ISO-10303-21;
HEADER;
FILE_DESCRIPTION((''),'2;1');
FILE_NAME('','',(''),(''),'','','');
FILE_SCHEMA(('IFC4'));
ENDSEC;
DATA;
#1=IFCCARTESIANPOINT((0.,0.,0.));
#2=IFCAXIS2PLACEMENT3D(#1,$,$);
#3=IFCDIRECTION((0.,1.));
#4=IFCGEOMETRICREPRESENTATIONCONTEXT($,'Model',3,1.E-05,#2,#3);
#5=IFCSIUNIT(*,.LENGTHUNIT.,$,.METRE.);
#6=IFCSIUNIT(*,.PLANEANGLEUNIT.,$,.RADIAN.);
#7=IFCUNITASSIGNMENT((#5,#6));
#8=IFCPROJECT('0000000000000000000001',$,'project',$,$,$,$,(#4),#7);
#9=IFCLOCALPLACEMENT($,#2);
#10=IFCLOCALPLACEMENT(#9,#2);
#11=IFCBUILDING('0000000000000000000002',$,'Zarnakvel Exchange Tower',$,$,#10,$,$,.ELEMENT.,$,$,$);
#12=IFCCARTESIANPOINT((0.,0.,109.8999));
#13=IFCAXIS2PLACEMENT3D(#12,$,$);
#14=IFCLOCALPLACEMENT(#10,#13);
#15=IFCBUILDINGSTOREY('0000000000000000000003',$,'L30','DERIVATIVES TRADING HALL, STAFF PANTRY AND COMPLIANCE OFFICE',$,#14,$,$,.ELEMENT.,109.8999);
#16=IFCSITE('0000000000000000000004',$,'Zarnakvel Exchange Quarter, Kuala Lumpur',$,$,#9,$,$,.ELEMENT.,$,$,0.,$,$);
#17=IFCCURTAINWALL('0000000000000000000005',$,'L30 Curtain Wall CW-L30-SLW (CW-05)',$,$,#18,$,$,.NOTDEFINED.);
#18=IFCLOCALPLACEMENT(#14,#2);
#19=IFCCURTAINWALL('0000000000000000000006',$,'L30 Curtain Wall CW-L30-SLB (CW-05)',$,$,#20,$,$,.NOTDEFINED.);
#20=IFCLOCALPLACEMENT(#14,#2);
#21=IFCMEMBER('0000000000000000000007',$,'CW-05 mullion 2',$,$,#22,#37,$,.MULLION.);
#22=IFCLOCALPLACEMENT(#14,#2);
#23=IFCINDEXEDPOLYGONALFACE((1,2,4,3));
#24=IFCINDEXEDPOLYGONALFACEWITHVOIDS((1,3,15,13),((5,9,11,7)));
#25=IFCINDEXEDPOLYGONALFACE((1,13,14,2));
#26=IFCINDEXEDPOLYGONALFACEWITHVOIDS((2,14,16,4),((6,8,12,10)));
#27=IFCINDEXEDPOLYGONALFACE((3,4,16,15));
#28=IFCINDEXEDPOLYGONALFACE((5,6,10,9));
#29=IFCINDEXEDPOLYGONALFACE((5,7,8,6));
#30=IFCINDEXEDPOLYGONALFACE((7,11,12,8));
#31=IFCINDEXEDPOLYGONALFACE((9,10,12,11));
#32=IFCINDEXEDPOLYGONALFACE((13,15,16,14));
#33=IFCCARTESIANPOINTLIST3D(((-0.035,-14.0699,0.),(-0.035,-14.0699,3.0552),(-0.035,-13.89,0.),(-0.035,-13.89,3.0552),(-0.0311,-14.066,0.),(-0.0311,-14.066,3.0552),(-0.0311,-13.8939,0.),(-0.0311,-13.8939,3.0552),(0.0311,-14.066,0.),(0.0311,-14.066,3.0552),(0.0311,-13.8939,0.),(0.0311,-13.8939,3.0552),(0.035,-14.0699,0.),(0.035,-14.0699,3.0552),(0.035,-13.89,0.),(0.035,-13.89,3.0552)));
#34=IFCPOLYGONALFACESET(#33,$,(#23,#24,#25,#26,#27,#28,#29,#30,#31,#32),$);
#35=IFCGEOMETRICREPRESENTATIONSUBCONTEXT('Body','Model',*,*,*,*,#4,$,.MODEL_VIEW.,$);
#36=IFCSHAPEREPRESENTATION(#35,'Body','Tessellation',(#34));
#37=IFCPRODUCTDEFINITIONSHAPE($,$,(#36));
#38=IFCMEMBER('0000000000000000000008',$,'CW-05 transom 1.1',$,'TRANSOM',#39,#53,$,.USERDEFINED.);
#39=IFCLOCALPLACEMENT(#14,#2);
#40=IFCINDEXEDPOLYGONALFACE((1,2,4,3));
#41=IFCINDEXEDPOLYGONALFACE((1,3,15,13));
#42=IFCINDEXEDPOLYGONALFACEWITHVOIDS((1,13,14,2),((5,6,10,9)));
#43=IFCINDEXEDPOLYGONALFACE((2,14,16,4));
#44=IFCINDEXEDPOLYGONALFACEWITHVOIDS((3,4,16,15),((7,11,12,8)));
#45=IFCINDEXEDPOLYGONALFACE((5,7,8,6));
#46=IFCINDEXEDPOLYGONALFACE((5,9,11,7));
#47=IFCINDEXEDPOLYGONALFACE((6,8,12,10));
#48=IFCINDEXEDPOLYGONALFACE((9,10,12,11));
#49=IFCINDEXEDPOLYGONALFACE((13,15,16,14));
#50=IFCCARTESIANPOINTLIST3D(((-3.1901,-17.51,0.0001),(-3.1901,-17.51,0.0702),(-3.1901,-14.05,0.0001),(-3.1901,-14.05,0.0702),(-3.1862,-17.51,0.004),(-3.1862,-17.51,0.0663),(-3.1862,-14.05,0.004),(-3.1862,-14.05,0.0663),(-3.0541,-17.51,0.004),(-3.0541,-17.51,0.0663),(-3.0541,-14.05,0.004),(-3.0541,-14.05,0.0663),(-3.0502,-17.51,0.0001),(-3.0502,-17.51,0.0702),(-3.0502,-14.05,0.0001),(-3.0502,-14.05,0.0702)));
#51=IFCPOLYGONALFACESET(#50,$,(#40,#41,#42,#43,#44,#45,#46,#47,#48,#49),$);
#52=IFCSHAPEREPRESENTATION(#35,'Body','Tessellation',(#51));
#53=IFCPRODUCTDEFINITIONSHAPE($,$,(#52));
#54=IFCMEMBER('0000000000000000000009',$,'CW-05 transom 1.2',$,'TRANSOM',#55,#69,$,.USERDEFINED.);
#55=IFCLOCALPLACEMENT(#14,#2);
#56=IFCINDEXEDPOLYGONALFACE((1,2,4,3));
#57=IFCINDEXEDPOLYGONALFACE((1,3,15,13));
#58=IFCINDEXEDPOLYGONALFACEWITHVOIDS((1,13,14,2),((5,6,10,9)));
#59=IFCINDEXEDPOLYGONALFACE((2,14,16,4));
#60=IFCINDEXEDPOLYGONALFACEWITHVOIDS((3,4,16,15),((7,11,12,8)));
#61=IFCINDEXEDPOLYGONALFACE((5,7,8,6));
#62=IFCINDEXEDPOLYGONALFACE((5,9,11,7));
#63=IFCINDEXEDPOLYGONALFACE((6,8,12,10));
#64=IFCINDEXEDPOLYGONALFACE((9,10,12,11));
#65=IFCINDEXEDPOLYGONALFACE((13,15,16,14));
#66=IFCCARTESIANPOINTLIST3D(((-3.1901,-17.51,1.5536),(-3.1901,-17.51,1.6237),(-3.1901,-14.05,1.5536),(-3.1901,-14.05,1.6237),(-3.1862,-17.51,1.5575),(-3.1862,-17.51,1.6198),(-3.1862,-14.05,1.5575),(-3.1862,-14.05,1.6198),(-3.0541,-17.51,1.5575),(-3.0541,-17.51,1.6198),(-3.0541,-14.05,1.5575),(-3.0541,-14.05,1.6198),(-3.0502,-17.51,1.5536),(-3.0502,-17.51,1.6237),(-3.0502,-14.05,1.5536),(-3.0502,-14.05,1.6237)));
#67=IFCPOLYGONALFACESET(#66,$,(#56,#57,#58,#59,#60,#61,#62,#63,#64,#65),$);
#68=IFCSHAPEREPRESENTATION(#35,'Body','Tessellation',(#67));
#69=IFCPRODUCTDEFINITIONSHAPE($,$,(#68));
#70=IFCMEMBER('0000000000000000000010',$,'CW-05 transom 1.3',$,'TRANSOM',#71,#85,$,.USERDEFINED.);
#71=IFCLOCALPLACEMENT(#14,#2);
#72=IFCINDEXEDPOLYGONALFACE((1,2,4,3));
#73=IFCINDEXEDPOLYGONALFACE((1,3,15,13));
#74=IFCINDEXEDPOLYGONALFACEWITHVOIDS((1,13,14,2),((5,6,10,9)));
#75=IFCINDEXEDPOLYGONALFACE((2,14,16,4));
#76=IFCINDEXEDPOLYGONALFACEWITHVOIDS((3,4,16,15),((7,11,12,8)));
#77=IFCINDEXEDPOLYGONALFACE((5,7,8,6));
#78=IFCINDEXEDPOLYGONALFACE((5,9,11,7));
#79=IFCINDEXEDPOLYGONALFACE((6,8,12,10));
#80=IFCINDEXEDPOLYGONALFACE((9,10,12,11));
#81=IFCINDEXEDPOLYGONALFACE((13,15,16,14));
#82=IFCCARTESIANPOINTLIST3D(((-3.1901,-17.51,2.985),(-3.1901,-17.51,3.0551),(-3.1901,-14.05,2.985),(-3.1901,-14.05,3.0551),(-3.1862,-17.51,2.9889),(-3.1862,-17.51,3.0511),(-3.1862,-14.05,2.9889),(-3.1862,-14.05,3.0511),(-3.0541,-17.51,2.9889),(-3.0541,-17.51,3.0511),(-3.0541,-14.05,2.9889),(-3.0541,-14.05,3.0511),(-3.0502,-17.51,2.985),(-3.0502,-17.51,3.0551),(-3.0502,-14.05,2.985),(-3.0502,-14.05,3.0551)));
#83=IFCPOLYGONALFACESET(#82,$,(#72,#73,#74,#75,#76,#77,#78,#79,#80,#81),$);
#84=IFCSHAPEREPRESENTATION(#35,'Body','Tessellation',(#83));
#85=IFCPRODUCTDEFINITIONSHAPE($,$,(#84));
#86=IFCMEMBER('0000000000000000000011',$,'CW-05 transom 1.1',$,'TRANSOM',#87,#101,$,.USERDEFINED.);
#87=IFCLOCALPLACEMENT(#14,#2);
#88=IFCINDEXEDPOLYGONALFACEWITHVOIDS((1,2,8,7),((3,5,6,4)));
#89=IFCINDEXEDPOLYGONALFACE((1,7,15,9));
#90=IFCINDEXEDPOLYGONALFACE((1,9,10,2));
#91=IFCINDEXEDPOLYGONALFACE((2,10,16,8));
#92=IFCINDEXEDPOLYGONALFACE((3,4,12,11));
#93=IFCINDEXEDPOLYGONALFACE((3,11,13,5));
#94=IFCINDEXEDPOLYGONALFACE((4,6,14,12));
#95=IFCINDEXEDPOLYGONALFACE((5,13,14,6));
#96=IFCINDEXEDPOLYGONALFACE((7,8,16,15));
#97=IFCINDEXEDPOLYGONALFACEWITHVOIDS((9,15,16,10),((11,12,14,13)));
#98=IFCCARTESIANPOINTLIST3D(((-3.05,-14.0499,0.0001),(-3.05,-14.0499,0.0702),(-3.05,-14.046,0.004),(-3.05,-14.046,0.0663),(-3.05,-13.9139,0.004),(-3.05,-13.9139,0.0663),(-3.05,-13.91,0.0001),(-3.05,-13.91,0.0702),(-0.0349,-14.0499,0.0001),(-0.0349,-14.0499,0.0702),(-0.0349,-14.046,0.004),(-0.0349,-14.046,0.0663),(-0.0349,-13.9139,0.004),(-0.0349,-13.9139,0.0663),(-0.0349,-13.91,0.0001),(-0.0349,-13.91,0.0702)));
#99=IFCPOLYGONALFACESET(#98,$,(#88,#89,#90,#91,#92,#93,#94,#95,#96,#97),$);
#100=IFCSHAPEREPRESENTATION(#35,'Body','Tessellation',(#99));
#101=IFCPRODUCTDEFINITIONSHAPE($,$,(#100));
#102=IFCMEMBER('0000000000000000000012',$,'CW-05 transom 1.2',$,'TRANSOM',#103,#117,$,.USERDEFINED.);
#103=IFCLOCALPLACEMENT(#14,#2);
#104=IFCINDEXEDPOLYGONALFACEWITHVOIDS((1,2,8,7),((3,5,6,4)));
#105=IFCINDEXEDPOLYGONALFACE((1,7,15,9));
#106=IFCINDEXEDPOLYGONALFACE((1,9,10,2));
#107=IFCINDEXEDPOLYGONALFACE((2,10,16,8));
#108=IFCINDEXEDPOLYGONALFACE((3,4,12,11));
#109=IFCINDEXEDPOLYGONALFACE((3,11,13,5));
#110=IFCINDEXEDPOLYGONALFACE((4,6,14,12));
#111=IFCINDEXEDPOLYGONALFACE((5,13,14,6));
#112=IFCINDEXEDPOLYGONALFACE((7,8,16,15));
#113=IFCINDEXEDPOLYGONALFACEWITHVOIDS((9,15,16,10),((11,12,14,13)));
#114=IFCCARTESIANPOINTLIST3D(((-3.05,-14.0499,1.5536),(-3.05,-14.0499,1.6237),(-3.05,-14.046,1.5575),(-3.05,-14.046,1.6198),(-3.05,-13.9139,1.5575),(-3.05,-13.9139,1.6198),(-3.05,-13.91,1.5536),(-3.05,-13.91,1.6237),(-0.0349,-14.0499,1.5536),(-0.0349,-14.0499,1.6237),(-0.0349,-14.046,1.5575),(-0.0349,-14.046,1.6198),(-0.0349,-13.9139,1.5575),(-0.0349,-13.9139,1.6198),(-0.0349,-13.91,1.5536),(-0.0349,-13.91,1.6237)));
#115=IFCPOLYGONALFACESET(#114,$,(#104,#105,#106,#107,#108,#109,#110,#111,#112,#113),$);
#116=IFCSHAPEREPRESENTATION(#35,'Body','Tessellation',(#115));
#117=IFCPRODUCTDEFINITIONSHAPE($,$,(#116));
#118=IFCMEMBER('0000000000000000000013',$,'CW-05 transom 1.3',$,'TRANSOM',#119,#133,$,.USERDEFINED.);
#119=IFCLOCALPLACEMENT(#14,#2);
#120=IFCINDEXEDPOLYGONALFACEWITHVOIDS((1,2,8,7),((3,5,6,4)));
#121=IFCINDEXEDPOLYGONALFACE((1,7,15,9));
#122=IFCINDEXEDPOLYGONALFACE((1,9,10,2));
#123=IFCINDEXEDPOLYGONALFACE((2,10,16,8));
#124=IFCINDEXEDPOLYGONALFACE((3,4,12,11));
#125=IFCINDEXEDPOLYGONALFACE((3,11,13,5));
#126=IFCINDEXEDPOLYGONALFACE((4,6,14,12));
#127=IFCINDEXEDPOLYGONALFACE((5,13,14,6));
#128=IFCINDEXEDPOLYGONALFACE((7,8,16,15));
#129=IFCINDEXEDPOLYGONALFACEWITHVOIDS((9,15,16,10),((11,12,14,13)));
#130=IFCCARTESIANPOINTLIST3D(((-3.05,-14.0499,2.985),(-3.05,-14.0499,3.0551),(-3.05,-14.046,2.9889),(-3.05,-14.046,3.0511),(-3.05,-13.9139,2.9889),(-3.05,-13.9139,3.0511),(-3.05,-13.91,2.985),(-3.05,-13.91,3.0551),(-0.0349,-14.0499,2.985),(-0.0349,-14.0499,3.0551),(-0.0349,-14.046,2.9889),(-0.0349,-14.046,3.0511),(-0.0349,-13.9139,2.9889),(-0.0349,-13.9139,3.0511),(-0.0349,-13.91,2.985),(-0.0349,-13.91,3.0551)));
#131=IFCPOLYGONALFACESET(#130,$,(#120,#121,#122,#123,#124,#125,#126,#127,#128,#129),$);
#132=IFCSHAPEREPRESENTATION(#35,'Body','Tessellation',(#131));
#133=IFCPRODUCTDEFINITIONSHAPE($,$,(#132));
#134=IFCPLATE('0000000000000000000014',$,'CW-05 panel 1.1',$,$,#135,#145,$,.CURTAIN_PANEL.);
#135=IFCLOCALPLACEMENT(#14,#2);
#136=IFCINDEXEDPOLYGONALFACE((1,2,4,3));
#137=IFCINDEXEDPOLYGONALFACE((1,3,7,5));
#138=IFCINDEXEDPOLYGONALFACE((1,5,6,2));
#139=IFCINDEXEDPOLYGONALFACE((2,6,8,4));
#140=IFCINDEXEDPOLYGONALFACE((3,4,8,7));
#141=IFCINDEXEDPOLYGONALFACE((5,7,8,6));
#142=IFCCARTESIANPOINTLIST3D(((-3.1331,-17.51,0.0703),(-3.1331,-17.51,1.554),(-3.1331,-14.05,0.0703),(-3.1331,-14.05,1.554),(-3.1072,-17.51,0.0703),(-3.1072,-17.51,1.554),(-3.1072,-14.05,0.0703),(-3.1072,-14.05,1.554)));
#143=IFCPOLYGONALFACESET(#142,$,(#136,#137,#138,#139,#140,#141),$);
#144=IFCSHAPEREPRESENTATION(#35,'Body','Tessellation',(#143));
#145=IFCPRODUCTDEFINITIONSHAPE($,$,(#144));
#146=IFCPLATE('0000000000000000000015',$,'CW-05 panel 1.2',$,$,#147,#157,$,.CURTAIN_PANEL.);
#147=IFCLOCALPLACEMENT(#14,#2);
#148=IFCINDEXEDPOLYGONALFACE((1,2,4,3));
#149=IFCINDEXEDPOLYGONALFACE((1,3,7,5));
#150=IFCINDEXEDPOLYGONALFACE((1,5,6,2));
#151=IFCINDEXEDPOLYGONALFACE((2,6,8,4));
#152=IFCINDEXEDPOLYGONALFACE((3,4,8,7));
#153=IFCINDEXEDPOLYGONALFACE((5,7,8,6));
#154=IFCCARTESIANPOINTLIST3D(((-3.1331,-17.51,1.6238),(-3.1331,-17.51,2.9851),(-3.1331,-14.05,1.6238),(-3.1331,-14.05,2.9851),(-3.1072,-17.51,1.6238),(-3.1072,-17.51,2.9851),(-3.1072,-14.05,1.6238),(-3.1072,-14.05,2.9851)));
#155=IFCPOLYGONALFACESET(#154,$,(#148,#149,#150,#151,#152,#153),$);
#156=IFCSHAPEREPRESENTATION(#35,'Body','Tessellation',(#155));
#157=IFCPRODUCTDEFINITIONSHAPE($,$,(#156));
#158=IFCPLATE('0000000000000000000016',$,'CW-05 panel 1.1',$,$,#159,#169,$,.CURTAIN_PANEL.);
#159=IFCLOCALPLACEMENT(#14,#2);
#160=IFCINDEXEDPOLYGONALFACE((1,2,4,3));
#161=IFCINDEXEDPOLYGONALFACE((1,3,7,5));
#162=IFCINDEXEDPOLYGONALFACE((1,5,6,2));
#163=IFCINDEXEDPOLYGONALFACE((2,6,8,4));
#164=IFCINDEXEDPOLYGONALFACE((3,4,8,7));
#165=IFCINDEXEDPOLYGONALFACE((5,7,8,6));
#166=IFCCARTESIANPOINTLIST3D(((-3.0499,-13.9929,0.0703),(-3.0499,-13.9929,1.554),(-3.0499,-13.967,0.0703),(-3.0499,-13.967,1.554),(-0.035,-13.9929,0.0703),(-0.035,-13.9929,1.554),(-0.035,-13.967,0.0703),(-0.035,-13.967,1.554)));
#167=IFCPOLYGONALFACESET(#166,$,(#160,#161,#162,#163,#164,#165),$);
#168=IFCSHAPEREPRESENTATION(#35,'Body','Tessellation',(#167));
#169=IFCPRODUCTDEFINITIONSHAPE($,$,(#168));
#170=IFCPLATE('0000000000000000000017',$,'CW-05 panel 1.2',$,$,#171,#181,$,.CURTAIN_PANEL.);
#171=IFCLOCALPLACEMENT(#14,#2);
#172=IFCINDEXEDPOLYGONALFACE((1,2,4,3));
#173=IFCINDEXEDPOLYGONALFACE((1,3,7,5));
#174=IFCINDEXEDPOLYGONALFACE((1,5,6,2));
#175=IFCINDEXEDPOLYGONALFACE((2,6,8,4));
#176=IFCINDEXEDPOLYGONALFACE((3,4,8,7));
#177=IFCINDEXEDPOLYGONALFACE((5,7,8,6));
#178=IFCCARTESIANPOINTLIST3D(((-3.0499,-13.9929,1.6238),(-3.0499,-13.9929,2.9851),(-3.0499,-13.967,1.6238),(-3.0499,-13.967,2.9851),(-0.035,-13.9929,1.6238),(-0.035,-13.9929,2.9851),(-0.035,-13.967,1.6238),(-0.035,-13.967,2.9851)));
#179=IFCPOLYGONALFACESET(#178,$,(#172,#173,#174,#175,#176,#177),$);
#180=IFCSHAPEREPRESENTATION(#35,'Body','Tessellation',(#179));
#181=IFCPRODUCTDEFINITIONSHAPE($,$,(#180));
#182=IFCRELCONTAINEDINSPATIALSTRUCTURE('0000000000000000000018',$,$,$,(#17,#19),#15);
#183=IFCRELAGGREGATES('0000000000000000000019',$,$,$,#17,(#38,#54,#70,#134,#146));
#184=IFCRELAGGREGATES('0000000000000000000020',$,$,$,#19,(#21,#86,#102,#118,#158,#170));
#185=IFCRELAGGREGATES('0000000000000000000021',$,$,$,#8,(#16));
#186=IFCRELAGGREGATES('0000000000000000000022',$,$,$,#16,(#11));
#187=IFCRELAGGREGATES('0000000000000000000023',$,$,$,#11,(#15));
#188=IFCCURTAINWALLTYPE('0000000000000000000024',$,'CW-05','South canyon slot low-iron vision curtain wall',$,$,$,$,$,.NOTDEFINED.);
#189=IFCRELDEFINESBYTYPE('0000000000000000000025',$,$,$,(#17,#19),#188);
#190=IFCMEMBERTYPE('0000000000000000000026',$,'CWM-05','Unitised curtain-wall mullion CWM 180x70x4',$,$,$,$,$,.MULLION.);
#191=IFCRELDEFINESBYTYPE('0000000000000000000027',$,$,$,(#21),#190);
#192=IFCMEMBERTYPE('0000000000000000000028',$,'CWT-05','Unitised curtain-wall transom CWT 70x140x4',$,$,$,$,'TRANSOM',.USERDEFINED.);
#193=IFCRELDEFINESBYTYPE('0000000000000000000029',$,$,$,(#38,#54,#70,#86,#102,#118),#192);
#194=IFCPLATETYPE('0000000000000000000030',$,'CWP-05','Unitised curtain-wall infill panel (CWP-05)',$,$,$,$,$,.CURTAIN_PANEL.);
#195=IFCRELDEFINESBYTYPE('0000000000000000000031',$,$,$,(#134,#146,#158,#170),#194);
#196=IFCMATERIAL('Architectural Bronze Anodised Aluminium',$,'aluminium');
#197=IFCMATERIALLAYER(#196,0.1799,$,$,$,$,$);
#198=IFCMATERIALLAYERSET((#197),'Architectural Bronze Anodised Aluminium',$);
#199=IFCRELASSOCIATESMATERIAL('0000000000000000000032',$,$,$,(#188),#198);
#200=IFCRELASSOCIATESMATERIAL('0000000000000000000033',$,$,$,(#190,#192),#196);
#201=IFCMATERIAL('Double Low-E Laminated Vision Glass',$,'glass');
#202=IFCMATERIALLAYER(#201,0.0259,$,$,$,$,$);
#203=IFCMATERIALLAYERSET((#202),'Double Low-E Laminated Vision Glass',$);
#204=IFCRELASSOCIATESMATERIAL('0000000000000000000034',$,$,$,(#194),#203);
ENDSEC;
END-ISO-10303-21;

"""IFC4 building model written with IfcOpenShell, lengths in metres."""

from ifc_helpers import new_model, si_unit, direction, frame, origin, origin_2d, place, context, subcontext, project, spatial, rectangle, hollow_rectangle, extrude, source, transform, mapped, material, layer, layer_set, material_profile, profile_set, type_object, element, aggregate, save


model = new_model("IFC4")

# Units and contexts
model_context = context("Model", 3, precision=1e-05, world=origin(), true_north=direction((0.0, 1.0)))
body_context = subcontext(model_context, "Body", "Model", "MODEL_VIEW")
ifc_project = project(units=[si_unit("LENGTHUNIT", "METRE"), si_unit("PLANEANGLEUNIT", "RADIAN")], contexts=[model_context])

# Site, building, storey
site_placement = place(None, origin())
site = spatial("IfcSite", under=ifc_project, at=site_placement, Name="Zarnakvel Exchange Quarter, Kuala Lumpur", CompositionType="ELEMENT", RefElevation=0.0)
building_placement = place(site_placement, origin())
building = spatial("IfcBuilding", under=site, at=building_placement, Name="Zarnakvel Exchange Tower", CompositionType="ELEMENT")
storey_placement = place(building_placement, frame((0.0, 0.0, 109.8999)))
storey = spatial("IfcBuildingStorey", under=building, at=storey_placement, Name="L30", Description="DERIVATIVES TRADING HALL, STAFF PANTRY AND COMPLIANCE OFFICE", CompositionType="ELEMENT", Elevation=109.8999)

# Curtain walls, member
ifc_material_1 = material(Name="Architectural Bronze Anodised Aluminium", Category="aluminium")
ifc_layer_1 = layer(ifc_material_1, 0.1799)
ifc_layer_set_1 = layer_set([ifc_layer_1], Name="Architectural Bronze Anodised Aluminium")
curtain_wall_type = type_object("IfcCurtainWallType", Name="CW-05", Description="South canyon slot low-iron vision curtain wall", PredefinedType="NOTDEFINED", material=ifc_layer_set_1)
curtain_wall_1_placement = place(storey_placement, origin())
curtain_wall_1 = element("IfcCurtainWall", 1, at=curtain_wall_1_placement, inside=storey, type_object=curtain_wall_type, Name="L30 Curtain Wall CW-L30-SLW (CW-05)", PredefinedType="NOTDEFINED")
ifc_material_profile_1 = material_profile(ifc_material_1, hollow_rectangle(XDim=0.1799, YDim=0.0701, WallThickness=0.0039, at=origin_2d()))
ifc_profile_set_1 = profile_set([ifc_material_profile_1], Name="Architectural Bronze Anodised Aluminium")
member_type_1 = type_object("IfcMemberType", Name="CWM-05", Description="Unitised curtain-wall mullion CWM 180x70x4", PredefinedType="MULLION", material=ifc_profile_set_1)
shared_shape_1 = source(origin(), body_context, "Body", "SweptSolid", [
    extrude(hollow_rectangle(XDim=0.1799, YDim=0.0701, WallThickness=0.0039, at=origin_2d()), origin(), (0.0, 0.0, 1.0), 3.0552),
])
curtain_wall_2_placement = place(storey_placement, origin())
curtain_wall_2 = element("IfcCurtainWall", 2, at=curtain_wall_2_placement, inside=storey, type_object=curtain_wall_type, Name="L30 Curtain Wall CW-L30-SLB (CW-05)", PredefinedType="NOTDEFINED")
member_1_placement = place(storey_placement, frame((0.0, -13.98, 0.0), z_axis=(0.0, 0.0, 1.0), x_axis=(0.0, 1.0, 0.0)))
member_1 = element("IfcMember", 3, at=member_1_placement, type_object=member_type_1, Name="CW-05 mullion 2", PredefinedType="MULLION", context=body_context, shape_type="MappedRepresentation", body=[
    mapped(shared_shape_1, transform((0.0, 0.0, 0.0), x_axis=(1.0, 0.0, 0.0), y_axis=(0.0, 1.0, 0.0), z_axis=(0.0, 0.0, 1.0), scale=1.0)),
])

# Members
ifc_material_profile_2 = material_profile(ifc_material_1, hollow_rectangle(XDim=0.1399, YDim=0.0701, WallThickness=0.0039, at=origin_2d()))
ifc_profile_set_2 = profile_set([ifc_material_profile_2], Name="Architectural Bronze Anodised Aluminium")
member_type_2 = type_object("IfcMemberType", Name="CWT-05", Description="Unitised curtain-wall transom CWT 70x140x4", ElementType="TRANSOM", PredefinedType="USERDEFINED", material=ifc_profile_set_2)
shared_shape_2 = source(origin(), body_context, "Body", "SweptSolid", [
    extrude(hollow_rectangle(XDim=0.1399, YDim=0.0701, WallThickness=0.0039, at=origin_2d()), origin(), (0.0, 0.0, 1.0), 3.46),
])
member_2_placement = place(storey_placement, frame((-3.1201, -17.51, 0.0352), z_axis=(0.0, 1.0, 0.0), x_axis=(-1.0, 0.0, 0.0)))
member_2 = element("IfcMember", 4, at=member_2_placement, type_object=member_type_2, Name="CW-05 transom 1.1", ObjectType="TRANSOM", PredefinedType="USERDEFINED", context=body_context, shape_type="MappedRepresentation", body=[
    mapped(shared_shape_2, transform((0.0, 0.0, 0.0), x_axis=(1.0, 0.0, 0.0), y_axis=(0.0, 1.0, 0.0), z_axis=(0.0, 0.0, 1.0), scale=1.0)),
])
member_3_placement = place(storey_placement, frame((-3.1201, -17.51, 1.5886), z_axis=(0.0, 1.0, 0.0), x_axis=(-1.0, 0.0, 0.0)))
member_3 = element("IfcMember", 5, at=member_3_placement, type_object=member_type_2, Name="CW-05 transom 1.2", ObjectType="TRANSOM", PredefinedType="USERDEFINED", context=body_context, shape_type="MappedRepresentation", body=[
    mapped(shared_shape_2, transform((0.0, 0.0, 0.0), x_axis=(1.0, 0.0, 0.0), y_axis=(0.0, 1.0, 0.0), z_axis=(0.0, 0.0, 1.0), scale=1.0)),
])
member_4_placement = place(storey_placement, frame((-3.1201, -17.51, 3.02), z_axis=(0.0, 1.0, 0.0), x_axis=(-1.0, 0.0, 0.0)))
member_4 = element("IfcMember", 6, at=member_4_placement, type_object=member_type_2, Name="CW-05 transom 1.3", ObjectType="TRANSOM", PredefinedType="USERDEFINED", context=body_context, shape_type="MappedRepresentation", body=[
    mapped(shared_shape_2, transform((0.0, 0.0, 0.0), x_axis=(1.0, 0.0, 0.0), y_axis=(0.0, 1.0, 0.0), z_axis=(0.0, 0.0, 1.0), scale=1.0)),
])
shared_shape_3 = source(origin(), body_context, "Body", "SweptSolid", [
    extrude(hollow_rectangle(XDim=0.1399, YDim=0.0701, WallThickness=0.0039, at=origin_2d()), origin(), (0.0, 0.0, 1.0), 3.0151),
])
member_5_placement = place(storey_placement, frame((-3.05, -13.98, 0.0352), z_axis=(1.0, 0.0, 0.0), x_axis=(0.0, 1.0, 0.0)))
member_5 = element("IfcMember", 7, at=member_5_placement, type_object=member_type_2, Name="CW-05 transom 1.1", ObjectType="TRANSOM", PredefinedType="USERDEFINED", context=body_context, shape_type="MappedRepresentation", body=[
    mapped(shared_shape_3, transform((0.0, 0.0, 0.0), x_axis=(1.0, 0.0, 0.0), y_axis=(0.0, 1.0, 0.0), z_axis=(0.0, 0.0, 1.0), scale=1.0)),
])
member_6_placement = place(storey_placement, frame((-3.05, -13.98, 1.5886), z_axis=(1.0, 0.0, 0.0), x_axis=(0.0, 1.0, 0.0)))
member_6 = element("IfcMember", 8, at=member_6_placement, type_object=member_type_2, Name="CW-05 transom 1.2", ObjectType="TRANSOM", PredefinedType="USERDEFINED", context=body_context, shape_type="MappedRepresentation", body=[
    mapped(shared_shape_3, transform((0.0, 0.0, 0.0), x_axis=(1.0, 0.0, 0.0), y_axis=(0.0, 1.0, 0.0), z_axis=(0.0, 0.0, 1.0), scale=1.0)),
])
member_7_placement = place(storey_placement, frame((-3.05, -13.98, 3.02), z_axis=(1.0, 0.0, 0.0), x_axis=(0.0, 1.0, 0.0)))
member_7 = element("IfcMember", 9, at=member_7_placement, type_object=member_type_2, Name="CW-05 transom 1.3", ObjectType="TRANSOM", PredefinedType="USERDEFINED", context=body_context, shape_type="MappedRepresentation", body=[
    mapped(shared_shape_3, transform((0.0, 0.0, 0.0), x_axis=(1.0, 0.0, 0.0), y_axis=(0.0, 1.0, 0.0), z_axis=(0.0, 0.0, 1.0), scale=1.0)),
])

# Plates
ifc_material_2 = material(Name="Double Low-E Laminated Vision Glass", Category="glass")
ifc_layer_2 = layer(ifc_material_2, 0.0259)
ifc_layer_set_2 = layer_set([ifc_layer_2], Name="Double Low-E Laminated Vision Glass")
plate_type = type_object("IfcPlateType", Name="CWP-05", Description="Unitised curtain-wall infill panel (CWP-05)", PredefinedType="CURTAIN_PANEL", material=ifc_layer_set_2)
shared_shape_4 = source(origin(), body_context, "Body", "SweptSolid", [
    extrude(rectangle(XDim=3.46, YDim=0.0259, at=origin_2d()), origin(), (0.0, 0.0, 1.0), 1.4836),
])
plate_1_placement = place(storey_placement, frame((-3.1201, -15.78, 0.0703), z_axis=(0.0, 0.0, 1.0), x_axis=(0.0, 1.0, 0.0)))
plate_1 = element("IfcPlate", 10, at=plate_1_placement, type_object=plate_type, Name="CW-05 panel 1.1", PredefinedType="CURTAIN_PANEL", context=body_context, shape_type="MappedRepresentation", body=[
    mapped(shared_shape_4, transform((0.0, 0.0, 0.0), x_axis=(1.0, 0.0, 0.0), y_axis=(0.0, 1.0, 0.0), z_axis=(0.0, 0.0, 1.0), scale=1.0)),
])
shared_shape_5 = source(origin(), body_context, "Body", "SweptSolid", [
    extrude(rectangle(XDim=3.46, YDim=0.0259, at=origin_2d()), origin(), (0.0, 0.0, 1.0), 1.3613),
])
plate_2_placement = place(storey_placement, frame((-3.1201, -15.78, 1.6238), z_axis=(0.0, 0.0, 1.0), x_axis=(0.0, 1.0, 0.0)))
plate_2 = element("IfcPlate", 11, at=plate_2_placement, type_object=plate_type, Name="CW-05 panel 1.2", PredefinedType="CURTAIN_PANEL", context=body_context, shape_type="MappedRepresentation", body=[
    mapped(shared_shape_5, transform((0.0, 0.0, 0.0), x_axis=(1.0, 0.0, 0.0), y_axis=(0.0, 1.0, 0.0), z_axis=(0.0, 0.0, 1.0), scale=1.0)),
])
aggregate(curtain_wall_1, [member_2, member_3, member_4, plate_1, plate_2])
shared_shape_6 = source(origin(), body_context, "Body", "SweptSolid", [
    extrude(rectangle(XDim=3.0149, YDim=0.0259, at=origin_2d()), origin(), (0.0, 0.0, 1.0), 1.4836),
])
plate_3_placement = place(storey_placement, frame((-1.5425, -13.98, 0.0703), z_axis=(0.0, 0.0, 1.0), x_axis=(1.0, 0.0, 0.0)))
plate_3 = element("IfcPlate", 12, at=plate_3_placement, type_object=plate_type, Name="CW-05 panel 1.1", PredefinedType="CURTAIN_PANEL", context=body_context, shape_type="MappedRepresentation", body=[
    mapped(shared_shape_6, transform((0.0, 0.0, 0.0), x_axis=(1.0, 0.0, 0.0), y_axis=(0.0, 1.0, 0.0), z_axis=(0.0, 0.0, 1.0), scale=1.0)),
])
shared_shape_7 = source(origin(), body_context, "Body", "SweptSolid", [
    extrude(rectangle(XDim=3.0149, YDim=0.0259, at=origin_2d()), origin(), (0.0, 0.0, 1.0), 1.3613),
])
plate_4_placement = place(storey_placement, frame((-1.5425, -13.98, 1.6238), z_axis=(0.0, 0.0, 1.0), x_axis=(1.0, 0.0, 0.0)))
plate_4 = element("IfcPlate", 13, at=plate_4_placement, type_object=plate_type, Name="CW-05 panel 1.2", PredefinedType="CURTAIN_PANEL", context=body_context, shape_type="MappedRepresentation", body=[
    mapped(shared_shape_7, transform((0.0, 0.0, 0.0), x_axis=(1.0, 0.0, 0.0), y_axis=(0.0, 1.0, 0.0), z_axis=(0.0, 0.0, 1.0), scale=1.0)),
])
aggregate(curtain_wall_2, [member_1, member_5, member_6, member_7, plate_3, plate_4])

save(model, "model.ifc")
